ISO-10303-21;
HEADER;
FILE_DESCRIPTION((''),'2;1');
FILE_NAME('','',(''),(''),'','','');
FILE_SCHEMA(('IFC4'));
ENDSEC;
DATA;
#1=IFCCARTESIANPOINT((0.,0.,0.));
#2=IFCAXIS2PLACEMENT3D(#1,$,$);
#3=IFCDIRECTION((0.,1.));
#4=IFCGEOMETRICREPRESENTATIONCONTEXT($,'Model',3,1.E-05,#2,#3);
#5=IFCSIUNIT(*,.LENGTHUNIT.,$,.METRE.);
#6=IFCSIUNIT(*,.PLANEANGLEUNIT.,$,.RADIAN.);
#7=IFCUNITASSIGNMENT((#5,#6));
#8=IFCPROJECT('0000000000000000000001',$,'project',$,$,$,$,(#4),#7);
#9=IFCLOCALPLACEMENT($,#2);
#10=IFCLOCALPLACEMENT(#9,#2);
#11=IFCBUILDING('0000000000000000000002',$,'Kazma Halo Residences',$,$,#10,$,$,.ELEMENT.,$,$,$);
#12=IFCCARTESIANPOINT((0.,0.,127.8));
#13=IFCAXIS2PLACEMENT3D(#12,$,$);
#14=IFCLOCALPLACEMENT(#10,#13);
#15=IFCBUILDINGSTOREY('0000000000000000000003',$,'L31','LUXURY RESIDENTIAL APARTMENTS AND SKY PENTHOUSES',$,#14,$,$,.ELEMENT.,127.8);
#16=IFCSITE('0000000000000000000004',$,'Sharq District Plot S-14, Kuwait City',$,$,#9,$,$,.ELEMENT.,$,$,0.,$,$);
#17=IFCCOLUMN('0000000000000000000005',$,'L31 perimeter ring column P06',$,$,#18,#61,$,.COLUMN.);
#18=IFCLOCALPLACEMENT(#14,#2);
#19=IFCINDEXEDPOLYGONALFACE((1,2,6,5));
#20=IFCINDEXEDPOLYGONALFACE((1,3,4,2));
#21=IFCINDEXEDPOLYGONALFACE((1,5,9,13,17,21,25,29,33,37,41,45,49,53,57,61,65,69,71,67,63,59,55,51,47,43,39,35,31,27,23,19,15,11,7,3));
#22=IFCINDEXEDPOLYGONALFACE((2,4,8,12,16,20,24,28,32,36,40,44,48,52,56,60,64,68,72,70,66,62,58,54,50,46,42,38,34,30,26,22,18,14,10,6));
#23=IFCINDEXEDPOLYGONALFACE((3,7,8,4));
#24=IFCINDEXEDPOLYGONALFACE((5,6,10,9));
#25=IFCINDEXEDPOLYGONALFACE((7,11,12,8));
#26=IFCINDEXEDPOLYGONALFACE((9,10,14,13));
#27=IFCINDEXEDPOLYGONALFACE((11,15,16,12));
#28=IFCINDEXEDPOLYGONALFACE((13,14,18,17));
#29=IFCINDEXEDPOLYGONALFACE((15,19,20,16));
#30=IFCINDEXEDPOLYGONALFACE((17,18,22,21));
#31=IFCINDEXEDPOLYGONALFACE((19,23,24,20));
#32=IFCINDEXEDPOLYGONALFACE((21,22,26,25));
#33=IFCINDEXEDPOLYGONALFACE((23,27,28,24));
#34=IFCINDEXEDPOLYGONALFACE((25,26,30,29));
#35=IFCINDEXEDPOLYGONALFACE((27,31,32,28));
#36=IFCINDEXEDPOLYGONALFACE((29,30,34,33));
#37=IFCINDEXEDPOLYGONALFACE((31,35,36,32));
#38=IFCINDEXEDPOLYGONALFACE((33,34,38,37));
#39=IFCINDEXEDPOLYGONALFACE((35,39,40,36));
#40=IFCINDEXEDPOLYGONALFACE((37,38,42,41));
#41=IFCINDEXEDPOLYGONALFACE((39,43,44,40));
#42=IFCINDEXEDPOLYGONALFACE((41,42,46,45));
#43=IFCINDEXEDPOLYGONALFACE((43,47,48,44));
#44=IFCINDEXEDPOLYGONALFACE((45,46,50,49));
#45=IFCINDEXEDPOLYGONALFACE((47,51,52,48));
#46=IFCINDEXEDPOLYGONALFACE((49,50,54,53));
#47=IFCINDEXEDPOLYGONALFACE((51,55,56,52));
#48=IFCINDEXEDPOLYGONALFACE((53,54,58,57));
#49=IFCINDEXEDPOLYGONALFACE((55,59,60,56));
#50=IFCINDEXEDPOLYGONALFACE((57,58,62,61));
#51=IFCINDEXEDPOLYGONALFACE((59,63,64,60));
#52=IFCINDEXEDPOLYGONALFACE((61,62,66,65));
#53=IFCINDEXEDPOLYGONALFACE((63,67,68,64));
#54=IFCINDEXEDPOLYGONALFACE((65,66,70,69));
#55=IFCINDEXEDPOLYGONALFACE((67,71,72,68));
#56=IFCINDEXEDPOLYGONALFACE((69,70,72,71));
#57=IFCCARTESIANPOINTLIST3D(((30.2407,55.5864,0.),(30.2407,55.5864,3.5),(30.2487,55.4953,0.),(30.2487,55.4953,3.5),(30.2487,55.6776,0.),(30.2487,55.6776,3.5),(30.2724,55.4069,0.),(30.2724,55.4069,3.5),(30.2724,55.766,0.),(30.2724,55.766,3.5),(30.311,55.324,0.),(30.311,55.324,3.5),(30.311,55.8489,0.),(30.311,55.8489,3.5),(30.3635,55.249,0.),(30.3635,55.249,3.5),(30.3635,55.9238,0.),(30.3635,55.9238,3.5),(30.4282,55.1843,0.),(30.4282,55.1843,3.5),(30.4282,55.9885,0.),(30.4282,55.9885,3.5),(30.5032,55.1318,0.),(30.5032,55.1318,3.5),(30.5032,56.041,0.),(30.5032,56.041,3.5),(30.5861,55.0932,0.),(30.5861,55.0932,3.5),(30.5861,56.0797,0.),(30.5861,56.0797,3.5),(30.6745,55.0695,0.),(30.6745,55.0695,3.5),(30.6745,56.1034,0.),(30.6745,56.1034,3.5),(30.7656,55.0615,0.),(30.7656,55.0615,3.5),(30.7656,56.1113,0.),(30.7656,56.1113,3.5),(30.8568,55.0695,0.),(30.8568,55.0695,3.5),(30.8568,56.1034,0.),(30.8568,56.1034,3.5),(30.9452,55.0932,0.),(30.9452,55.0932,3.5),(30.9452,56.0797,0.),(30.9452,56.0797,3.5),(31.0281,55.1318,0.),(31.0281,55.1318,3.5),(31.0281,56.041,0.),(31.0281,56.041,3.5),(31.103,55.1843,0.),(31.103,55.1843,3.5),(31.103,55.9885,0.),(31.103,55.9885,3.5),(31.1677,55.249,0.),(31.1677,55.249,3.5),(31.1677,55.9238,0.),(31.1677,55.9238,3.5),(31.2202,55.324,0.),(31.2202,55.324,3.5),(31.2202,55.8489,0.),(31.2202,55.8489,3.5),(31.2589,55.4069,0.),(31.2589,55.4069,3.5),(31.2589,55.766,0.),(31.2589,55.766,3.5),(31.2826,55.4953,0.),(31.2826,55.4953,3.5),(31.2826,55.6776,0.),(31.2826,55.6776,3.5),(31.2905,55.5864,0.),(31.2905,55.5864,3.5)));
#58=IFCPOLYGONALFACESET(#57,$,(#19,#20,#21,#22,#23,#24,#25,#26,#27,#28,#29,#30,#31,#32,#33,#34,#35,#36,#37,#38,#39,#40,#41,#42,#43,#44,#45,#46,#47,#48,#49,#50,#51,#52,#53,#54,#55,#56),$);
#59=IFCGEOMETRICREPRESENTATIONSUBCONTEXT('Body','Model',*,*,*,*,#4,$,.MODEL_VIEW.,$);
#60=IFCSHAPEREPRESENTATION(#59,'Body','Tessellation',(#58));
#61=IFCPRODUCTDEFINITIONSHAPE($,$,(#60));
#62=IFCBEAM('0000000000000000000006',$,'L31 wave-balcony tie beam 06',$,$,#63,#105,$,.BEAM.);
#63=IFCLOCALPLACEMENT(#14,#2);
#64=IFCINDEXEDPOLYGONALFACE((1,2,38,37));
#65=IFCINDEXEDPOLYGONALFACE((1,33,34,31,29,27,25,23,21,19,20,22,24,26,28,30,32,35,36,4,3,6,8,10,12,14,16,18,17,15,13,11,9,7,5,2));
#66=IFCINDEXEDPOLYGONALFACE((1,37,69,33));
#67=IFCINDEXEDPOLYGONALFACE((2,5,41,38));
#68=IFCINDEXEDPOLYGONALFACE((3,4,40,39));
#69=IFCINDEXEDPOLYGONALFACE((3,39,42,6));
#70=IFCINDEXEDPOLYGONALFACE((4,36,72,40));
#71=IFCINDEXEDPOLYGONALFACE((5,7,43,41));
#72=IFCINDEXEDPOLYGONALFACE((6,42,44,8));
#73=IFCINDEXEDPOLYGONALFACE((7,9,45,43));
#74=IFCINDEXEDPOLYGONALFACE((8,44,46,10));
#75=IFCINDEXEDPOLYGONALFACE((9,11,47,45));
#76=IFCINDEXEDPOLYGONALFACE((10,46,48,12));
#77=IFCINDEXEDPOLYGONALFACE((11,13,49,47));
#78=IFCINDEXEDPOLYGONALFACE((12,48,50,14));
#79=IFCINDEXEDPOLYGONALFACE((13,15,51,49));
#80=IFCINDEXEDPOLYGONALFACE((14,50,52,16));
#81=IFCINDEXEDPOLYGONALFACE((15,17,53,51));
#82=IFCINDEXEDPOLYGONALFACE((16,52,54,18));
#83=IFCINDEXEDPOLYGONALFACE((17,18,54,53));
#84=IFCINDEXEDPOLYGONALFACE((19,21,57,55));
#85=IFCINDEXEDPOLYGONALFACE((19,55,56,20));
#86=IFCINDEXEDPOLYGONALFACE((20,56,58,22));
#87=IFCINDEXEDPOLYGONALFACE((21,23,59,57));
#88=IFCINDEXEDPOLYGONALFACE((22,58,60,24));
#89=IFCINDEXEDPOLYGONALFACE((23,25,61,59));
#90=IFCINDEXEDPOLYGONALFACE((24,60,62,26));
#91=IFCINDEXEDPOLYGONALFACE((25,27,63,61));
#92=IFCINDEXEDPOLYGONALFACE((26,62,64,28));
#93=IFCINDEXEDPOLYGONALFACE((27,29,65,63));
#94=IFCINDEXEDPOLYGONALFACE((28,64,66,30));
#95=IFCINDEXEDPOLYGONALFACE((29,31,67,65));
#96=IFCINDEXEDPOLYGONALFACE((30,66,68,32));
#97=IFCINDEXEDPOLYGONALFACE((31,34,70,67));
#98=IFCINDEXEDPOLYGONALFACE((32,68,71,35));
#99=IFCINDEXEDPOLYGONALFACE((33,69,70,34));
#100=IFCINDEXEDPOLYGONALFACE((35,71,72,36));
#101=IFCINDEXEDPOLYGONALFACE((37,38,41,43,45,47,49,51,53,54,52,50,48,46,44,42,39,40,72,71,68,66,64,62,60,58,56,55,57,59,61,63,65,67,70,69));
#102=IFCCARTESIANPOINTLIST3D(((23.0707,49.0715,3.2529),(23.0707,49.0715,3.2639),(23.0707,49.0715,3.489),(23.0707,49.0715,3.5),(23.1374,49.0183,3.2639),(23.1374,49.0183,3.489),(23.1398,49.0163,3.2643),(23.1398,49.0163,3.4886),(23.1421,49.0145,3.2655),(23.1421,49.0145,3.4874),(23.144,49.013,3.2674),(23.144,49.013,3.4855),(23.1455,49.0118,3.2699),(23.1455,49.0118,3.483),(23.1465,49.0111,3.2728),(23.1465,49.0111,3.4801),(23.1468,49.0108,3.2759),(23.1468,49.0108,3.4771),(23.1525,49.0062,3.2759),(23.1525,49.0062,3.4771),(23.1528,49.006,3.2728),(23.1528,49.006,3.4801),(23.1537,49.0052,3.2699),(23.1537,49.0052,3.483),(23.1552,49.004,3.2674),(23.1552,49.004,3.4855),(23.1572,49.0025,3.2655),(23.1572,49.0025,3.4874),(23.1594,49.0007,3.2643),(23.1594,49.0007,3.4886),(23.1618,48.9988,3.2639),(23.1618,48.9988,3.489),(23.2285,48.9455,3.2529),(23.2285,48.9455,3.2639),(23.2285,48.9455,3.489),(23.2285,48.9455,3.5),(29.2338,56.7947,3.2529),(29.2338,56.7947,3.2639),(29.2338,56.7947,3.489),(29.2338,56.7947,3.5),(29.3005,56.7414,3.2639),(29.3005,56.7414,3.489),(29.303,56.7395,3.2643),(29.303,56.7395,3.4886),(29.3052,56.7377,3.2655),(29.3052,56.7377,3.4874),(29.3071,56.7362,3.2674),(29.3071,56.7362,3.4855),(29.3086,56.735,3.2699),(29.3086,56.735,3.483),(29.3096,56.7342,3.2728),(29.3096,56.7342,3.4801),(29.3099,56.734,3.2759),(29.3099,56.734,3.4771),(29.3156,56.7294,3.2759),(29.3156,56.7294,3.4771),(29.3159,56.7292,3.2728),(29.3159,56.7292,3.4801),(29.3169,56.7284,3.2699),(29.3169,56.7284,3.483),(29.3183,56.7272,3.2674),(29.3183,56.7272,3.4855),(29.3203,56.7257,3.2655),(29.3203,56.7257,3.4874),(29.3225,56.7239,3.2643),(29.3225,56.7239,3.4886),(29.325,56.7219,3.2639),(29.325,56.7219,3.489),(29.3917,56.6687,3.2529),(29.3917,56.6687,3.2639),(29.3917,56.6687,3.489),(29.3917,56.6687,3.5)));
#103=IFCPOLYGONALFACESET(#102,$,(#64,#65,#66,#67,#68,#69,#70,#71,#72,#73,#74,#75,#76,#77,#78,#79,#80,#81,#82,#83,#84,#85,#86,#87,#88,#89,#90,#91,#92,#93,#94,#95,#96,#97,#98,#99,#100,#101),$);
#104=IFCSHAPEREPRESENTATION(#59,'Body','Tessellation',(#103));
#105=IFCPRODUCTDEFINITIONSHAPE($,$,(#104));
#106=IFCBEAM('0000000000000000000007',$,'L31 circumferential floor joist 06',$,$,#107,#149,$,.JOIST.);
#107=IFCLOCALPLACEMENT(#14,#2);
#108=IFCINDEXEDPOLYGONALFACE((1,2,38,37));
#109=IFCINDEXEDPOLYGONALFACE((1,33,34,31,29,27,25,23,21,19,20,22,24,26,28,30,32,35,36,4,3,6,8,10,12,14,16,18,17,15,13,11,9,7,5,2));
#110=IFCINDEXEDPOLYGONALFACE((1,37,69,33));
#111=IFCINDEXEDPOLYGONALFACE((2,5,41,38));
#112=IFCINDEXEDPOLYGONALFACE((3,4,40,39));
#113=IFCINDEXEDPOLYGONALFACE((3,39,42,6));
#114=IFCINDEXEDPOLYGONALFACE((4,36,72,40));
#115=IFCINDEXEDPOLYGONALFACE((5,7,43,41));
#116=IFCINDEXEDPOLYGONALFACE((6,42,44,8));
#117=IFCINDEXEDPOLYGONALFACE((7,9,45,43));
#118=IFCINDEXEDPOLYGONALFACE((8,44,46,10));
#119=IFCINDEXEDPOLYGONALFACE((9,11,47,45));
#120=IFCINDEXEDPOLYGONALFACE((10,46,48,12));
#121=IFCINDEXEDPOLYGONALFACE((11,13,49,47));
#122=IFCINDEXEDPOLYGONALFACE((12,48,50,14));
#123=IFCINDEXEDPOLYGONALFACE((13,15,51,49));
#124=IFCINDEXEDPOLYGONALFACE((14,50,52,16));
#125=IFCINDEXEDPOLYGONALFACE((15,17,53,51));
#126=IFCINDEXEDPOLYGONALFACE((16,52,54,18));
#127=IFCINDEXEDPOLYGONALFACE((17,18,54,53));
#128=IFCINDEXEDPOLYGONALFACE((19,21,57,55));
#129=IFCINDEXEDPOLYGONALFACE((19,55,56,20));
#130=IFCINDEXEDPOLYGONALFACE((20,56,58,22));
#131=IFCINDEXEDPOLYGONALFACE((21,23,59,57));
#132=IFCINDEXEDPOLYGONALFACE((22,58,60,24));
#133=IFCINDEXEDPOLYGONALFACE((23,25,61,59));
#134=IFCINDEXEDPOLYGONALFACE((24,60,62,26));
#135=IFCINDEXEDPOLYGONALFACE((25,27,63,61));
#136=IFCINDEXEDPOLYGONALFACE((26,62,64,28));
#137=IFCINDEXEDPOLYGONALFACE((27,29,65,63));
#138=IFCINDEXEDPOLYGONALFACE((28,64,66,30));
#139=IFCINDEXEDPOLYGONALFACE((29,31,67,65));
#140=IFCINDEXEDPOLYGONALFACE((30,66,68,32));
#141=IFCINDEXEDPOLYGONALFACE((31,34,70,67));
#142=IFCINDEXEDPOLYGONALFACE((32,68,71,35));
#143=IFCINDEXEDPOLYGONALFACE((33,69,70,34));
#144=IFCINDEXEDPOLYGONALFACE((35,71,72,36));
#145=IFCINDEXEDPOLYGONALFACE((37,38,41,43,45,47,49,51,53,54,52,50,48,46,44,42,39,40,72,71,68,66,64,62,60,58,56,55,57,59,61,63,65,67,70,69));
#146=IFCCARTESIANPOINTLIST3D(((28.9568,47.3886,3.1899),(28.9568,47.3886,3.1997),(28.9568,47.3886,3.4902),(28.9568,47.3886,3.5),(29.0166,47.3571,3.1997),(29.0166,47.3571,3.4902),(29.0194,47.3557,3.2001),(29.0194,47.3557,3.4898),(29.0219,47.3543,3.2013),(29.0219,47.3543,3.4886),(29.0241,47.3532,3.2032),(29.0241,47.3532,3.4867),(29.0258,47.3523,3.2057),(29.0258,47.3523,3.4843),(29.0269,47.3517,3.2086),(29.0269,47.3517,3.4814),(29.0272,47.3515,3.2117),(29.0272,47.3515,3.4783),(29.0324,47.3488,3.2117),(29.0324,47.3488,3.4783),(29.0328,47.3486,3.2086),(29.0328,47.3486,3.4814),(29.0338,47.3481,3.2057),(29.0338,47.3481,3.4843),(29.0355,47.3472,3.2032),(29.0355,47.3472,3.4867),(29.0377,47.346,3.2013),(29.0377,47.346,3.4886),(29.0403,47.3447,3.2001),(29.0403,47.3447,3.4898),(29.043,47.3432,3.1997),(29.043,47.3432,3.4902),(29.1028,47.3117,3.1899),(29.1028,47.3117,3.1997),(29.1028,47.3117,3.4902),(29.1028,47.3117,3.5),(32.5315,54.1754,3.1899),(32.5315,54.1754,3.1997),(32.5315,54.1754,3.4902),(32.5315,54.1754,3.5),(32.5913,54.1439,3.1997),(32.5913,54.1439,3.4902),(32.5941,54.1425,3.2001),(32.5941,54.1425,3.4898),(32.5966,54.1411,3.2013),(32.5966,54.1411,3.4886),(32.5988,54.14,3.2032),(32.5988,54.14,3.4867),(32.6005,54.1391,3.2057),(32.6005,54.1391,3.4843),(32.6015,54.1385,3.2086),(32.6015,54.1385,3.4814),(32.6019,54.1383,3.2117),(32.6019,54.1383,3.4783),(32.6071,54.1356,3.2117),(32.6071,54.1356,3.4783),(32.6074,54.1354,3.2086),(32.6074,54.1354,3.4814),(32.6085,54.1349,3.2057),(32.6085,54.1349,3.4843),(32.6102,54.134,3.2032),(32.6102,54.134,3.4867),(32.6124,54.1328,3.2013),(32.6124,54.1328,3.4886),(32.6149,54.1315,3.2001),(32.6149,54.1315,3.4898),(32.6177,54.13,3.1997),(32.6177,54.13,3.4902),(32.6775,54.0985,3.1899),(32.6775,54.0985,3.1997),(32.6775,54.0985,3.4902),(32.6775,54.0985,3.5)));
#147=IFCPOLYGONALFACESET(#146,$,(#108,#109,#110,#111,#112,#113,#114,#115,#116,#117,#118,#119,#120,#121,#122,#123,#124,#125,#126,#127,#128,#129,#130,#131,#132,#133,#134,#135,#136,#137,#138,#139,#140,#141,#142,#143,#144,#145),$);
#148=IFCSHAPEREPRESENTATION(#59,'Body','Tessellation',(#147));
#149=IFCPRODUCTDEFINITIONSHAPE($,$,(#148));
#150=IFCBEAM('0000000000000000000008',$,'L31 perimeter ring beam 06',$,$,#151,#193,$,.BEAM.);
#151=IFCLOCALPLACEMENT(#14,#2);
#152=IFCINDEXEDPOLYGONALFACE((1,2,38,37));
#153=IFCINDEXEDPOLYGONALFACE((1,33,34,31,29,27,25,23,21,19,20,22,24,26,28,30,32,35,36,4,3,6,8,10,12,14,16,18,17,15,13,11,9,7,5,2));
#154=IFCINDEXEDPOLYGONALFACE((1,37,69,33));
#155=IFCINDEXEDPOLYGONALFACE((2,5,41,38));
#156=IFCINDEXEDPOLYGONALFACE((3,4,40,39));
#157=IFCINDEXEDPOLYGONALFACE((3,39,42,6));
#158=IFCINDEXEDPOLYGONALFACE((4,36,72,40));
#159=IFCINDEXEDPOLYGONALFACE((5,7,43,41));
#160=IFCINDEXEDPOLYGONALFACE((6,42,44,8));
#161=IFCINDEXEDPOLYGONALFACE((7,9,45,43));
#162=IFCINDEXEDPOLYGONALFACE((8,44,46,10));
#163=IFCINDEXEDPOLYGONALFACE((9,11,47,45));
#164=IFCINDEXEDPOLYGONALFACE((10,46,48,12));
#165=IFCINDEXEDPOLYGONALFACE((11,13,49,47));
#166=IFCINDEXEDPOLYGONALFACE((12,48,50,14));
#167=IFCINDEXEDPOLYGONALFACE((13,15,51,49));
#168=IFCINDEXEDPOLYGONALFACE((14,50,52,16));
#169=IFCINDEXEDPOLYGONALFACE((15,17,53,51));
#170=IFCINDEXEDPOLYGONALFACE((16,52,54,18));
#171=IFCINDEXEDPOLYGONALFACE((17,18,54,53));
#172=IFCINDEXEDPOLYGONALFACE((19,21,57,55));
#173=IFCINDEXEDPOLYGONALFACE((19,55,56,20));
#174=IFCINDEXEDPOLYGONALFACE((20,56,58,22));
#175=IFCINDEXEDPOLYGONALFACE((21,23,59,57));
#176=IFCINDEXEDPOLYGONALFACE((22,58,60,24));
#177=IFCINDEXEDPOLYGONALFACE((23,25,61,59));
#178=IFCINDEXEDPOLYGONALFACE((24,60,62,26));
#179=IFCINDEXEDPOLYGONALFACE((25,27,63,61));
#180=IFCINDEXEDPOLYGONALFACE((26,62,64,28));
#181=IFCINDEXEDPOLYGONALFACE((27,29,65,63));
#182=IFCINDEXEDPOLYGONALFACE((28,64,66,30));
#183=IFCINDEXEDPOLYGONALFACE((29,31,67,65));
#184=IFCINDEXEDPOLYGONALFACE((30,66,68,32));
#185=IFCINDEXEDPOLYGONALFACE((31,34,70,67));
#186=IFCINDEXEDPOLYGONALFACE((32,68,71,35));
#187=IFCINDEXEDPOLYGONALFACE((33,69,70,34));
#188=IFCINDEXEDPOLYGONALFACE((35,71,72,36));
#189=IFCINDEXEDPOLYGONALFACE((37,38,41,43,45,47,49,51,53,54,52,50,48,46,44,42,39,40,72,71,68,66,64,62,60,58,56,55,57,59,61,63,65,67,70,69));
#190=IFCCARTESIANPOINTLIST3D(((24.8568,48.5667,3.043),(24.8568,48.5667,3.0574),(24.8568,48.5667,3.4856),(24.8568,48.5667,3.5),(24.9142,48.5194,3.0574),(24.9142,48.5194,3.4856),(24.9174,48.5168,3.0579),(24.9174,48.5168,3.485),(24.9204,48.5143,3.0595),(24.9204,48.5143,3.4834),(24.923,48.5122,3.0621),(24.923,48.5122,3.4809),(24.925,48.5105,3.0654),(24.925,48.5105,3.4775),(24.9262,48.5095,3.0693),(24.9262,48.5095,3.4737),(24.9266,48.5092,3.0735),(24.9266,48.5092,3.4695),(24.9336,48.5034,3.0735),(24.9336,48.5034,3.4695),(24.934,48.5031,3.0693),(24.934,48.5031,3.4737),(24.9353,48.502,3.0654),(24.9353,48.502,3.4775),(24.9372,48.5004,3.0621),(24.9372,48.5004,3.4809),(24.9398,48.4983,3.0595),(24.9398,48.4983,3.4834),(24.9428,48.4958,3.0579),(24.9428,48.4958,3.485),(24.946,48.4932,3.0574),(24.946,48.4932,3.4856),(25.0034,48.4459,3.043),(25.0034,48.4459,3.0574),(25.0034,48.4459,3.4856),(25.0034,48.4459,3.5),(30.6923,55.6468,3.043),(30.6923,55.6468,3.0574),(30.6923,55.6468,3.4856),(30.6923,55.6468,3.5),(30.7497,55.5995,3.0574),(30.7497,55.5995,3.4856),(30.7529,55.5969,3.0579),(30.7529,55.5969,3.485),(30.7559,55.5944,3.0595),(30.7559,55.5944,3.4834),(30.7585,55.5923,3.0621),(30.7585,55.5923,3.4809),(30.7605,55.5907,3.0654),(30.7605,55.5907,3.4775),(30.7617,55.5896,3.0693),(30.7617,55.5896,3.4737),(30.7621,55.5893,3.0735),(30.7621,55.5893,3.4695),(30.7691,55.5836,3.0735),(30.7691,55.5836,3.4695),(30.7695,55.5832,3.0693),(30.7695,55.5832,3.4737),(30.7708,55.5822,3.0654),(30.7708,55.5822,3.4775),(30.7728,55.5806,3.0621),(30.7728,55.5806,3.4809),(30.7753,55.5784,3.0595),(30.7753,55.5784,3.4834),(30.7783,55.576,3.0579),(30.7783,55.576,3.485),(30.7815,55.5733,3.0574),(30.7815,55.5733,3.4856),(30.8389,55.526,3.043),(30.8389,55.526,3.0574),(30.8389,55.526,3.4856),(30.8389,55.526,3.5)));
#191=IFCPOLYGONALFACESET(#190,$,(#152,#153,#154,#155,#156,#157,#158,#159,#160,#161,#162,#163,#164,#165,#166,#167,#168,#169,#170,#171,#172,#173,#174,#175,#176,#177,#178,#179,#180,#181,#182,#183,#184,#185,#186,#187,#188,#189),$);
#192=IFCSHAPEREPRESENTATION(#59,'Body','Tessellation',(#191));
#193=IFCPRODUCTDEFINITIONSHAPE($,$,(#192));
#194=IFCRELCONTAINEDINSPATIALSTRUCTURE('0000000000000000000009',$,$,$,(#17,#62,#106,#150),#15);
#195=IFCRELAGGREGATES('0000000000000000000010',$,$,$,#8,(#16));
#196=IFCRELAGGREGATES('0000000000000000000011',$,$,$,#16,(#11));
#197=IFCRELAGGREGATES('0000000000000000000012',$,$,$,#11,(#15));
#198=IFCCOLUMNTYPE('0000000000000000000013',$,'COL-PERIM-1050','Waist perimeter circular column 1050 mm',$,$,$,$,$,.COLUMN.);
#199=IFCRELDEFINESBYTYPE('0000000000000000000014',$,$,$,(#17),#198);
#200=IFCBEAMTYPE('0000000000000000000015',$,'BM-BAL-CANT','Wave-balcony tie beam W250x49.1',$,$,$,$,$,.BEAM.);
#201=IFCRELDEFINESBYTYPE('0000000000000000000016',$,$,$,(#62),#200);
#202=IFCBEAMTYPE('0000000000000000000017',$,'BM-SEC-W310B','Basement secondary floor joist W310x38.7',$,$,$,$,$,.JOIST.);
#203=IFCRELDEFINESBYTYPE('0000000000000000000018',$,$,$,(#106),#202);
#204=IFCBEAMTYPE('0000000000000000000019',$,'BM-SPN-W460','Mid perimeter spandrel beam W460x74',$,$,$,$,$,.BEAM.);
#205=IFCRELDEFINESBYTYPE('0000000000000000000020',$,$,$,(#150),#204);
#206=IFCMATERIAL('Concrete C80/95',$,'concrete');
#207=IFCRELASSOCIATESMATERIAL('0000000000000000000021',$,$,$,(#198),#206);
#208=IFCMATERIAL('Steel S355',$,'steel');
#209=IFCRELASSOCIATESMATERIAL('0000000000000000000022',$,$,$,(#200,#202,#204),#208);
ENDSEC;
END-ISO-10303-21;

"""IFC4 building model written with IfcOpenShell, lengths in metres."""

from ifc_helpers import new_model, si_unit, direction, frame, origin, origin_2d, place, context, subcontext, project, spatial, circle, i_section, extrude, material, material_profile, profile_set, type_object, element, save


model = new_model("IFC4")

# Units and contexts
model_context = context("Model", 3, precision=1e-05, world=origin(), true_north=direction((0.0, 1.0)))
body_context = subcontext(model_context, "Body", "Model", "MODEL_VIEW")
ifc_project = project(units=[si_unit("LENGTHUNIT", "METRE"), si_unit("PLANEANGLEUNIT", "RADIAN")], contexts=[model_context])

# Site, building, storey
site_placement = place(None, origin())
site = spatial("IfcSite", under=ifc_project, at=site_placement, Name="Sharq District Plot S-14, Kuwait City", CompositionType="ELEMENT", RefElevation=0.0)
building_placement = place(site_placement, origin())
building = spatial("IfcBuilding", under=site, at=building_placement, Name="Kazma Halo Residences", CompositionType="ELEMENT")
storey_placement = place(building_placement, frame((0.0, 0.0, 127.8)))
storey = spatial("IfcBuildingStorey", under=building, at=storey_placement, Name="L31", Description="LUXURY RESIDENTIAL APARTMENTS AND SKY PENTHOUSES", CompositionType="ELEMENT", Elevation=127.8)

# Column
ifc_material_1 = material(Name="Concrete C80/95", Category="concrete")
ifc_material_profile_1 = material_profile(ifc_material_1, circle(Radius=0.5249, at=origin_2d()), Name="CIRC1050")
ifc_profile_set_1 = profile_set([ifc_material_profile_1], Name="Concrete C80/95")
column_type = type_object("IfcColumnType", Name="COL-PERIM-1050", Description="Waist perimeter circular column 1050 mm", PredefinedType="COLUMN", material=ifc_profile_set_1)
column_placement = place(storey_placement, frame((30.7656, 55.5864, 0.0), z_axis=(0.0, 0.0, 1.0), x_axis=(1.0, 0.0, 0.0)))
element("IfcColumn", 1, at=column_placement, inside=storey, type_object=column_type, Name="L31 perimeter ring column P06", PredefinedType="COLUMN", context=body_context, shape_type="SweptSolid", body=[
    extrude(circle(Radius=0.5249, at=origin_2d()), origin(), (0.0, 0.0, 1.0), 3.5),
])

# Beams
ifc_material_2 = material(Name="Steel S355", Category="steel")
ifc_material_profile_2 = material_profile(ifc_material_2, i_section(OverallWidth=0.2019, OverallDepth=0.2471, WebThickness=0.0073, FlangeThickness=0.011, FilletRadius=0.012, at=origin_2d()), Name="W250x49.1")
ifc_profile_set_2 = profile_set([ifc_material_profile_2], Name="Steel S355")
beam_type_1 = type_object("IfcBeamType", Name="BM-BAL-CANT", Description="Wave-balcony tie beam W250x49.1", PredefinedType="BEAM", material=ifc_profile_set_2)
beam_1_placement = place(storey_placement, frame((29.3127, 56.7317, 3.3765), z_axis=(-0.623742, -0.78163, 0.0), x_axis=(0.78163, -0.623742, 0.0)))
element("IfcBeam", 2, at=beam_1_placement, inside=storey, type_object=beam_type_1, Name="L31 wave-balcony tie beam 06", PredefinedType="BEAM", context=body_context, shape_type="SweptSolid", body=[
    extrude(i_section(OverallWidth=0.2019, OverallDepth=0.2471, WebThickness=0.0073, FlangeThickness=0.011, FilletRadius=0.012, at=origin_2d()), origin(), (0.0, 0.0, 1.0), 9.8809),
])
ifc_material_profile_3 = material_profile(ifc_material_2, i_section(OverallWidth=0.165, OverallDepth=0.3101, WebThickness=0.0059, FlangeThickness=0.0098, FilletRadius=0.012, at=origin_2d()), Name="W310x38.7")
ifc_profile_set_3 = profile_set([ifc_material_profile_3], Name="Steel S355")
beam_type_2 = type_object("IfcBeamType", Name="BM-SEC-W310B", Description="Basement secondary floor joist W310x38.7", PredefinedType="JOIST", material=ifc_profile_set_3)
beam_2_placement = place(storey_placement, frame((32.6045, 54.137, 3.345), z_axis=(-0.466019, -0.884775, 0.0), x_axis=(0.884775, -0.466019, 0.0)))
element("IfcBeam", 3, at=beam_2_placement, inside=storey, type_object=beam_type_2, Name="L31 circumferential floor joist 06", PredefinedType="JOIST", context=body_context, shape_type="SweptSolid", body=[
    extrude(i_section(OverallWidth=0.165, OverallDepth=0.3101, WebThickness=0.0059, FlangeThickness=0.0098, FilletRadius=0.012, at=origin_2d()), origin(), (0.0, 0.0, 1.0), 7.6707),
])
ifc_material_profile_4 = material_profile(ifc_material_2, i_section(OverallWidth=0.1899, OverallDepth=0.457, WebThickness=0.009, FlangeThickness=0.0144, FilletRadius=0.0161, at=origin_2d()), Name="W460x74")
ifc_profile_set_4 = profile_set([ifc_material_profile_4], Name="Steel S355")
beam_type_3 = type_object("IfcBeamType", Name="BM-SPN-W460", Description="Mid perimeter spandrel beam W460x74", PredefinedType="BEAM", material=ifc_profile_set_4)
beam_3_placement = place(storey_placement, frame((30.7656, 55.5864, 3.2715), z_axis=(-0.636019, -0.771674, 0.0), x_axis=(0.771674, -0.636019, 0.0)))
element("IfcBeam", 4, at=beam_3_placement, inside=storey, type_object=beam_type_3, Name="L31 perimeter ring beam 06", PredefinedType="BEAM", context=body_context, shape_type="SweptSolid", body=[
    extrude(i_section(OverallWidth=0.1899, OverallDepth=0.457, WebThickness=0.009, FlangeThickness=0.0144, FilletRadius=0.0161, at=origin_2d()), origin(), (0.0, 0.0, 1.0), 9.175),
])

save(model, "model.ifc")
